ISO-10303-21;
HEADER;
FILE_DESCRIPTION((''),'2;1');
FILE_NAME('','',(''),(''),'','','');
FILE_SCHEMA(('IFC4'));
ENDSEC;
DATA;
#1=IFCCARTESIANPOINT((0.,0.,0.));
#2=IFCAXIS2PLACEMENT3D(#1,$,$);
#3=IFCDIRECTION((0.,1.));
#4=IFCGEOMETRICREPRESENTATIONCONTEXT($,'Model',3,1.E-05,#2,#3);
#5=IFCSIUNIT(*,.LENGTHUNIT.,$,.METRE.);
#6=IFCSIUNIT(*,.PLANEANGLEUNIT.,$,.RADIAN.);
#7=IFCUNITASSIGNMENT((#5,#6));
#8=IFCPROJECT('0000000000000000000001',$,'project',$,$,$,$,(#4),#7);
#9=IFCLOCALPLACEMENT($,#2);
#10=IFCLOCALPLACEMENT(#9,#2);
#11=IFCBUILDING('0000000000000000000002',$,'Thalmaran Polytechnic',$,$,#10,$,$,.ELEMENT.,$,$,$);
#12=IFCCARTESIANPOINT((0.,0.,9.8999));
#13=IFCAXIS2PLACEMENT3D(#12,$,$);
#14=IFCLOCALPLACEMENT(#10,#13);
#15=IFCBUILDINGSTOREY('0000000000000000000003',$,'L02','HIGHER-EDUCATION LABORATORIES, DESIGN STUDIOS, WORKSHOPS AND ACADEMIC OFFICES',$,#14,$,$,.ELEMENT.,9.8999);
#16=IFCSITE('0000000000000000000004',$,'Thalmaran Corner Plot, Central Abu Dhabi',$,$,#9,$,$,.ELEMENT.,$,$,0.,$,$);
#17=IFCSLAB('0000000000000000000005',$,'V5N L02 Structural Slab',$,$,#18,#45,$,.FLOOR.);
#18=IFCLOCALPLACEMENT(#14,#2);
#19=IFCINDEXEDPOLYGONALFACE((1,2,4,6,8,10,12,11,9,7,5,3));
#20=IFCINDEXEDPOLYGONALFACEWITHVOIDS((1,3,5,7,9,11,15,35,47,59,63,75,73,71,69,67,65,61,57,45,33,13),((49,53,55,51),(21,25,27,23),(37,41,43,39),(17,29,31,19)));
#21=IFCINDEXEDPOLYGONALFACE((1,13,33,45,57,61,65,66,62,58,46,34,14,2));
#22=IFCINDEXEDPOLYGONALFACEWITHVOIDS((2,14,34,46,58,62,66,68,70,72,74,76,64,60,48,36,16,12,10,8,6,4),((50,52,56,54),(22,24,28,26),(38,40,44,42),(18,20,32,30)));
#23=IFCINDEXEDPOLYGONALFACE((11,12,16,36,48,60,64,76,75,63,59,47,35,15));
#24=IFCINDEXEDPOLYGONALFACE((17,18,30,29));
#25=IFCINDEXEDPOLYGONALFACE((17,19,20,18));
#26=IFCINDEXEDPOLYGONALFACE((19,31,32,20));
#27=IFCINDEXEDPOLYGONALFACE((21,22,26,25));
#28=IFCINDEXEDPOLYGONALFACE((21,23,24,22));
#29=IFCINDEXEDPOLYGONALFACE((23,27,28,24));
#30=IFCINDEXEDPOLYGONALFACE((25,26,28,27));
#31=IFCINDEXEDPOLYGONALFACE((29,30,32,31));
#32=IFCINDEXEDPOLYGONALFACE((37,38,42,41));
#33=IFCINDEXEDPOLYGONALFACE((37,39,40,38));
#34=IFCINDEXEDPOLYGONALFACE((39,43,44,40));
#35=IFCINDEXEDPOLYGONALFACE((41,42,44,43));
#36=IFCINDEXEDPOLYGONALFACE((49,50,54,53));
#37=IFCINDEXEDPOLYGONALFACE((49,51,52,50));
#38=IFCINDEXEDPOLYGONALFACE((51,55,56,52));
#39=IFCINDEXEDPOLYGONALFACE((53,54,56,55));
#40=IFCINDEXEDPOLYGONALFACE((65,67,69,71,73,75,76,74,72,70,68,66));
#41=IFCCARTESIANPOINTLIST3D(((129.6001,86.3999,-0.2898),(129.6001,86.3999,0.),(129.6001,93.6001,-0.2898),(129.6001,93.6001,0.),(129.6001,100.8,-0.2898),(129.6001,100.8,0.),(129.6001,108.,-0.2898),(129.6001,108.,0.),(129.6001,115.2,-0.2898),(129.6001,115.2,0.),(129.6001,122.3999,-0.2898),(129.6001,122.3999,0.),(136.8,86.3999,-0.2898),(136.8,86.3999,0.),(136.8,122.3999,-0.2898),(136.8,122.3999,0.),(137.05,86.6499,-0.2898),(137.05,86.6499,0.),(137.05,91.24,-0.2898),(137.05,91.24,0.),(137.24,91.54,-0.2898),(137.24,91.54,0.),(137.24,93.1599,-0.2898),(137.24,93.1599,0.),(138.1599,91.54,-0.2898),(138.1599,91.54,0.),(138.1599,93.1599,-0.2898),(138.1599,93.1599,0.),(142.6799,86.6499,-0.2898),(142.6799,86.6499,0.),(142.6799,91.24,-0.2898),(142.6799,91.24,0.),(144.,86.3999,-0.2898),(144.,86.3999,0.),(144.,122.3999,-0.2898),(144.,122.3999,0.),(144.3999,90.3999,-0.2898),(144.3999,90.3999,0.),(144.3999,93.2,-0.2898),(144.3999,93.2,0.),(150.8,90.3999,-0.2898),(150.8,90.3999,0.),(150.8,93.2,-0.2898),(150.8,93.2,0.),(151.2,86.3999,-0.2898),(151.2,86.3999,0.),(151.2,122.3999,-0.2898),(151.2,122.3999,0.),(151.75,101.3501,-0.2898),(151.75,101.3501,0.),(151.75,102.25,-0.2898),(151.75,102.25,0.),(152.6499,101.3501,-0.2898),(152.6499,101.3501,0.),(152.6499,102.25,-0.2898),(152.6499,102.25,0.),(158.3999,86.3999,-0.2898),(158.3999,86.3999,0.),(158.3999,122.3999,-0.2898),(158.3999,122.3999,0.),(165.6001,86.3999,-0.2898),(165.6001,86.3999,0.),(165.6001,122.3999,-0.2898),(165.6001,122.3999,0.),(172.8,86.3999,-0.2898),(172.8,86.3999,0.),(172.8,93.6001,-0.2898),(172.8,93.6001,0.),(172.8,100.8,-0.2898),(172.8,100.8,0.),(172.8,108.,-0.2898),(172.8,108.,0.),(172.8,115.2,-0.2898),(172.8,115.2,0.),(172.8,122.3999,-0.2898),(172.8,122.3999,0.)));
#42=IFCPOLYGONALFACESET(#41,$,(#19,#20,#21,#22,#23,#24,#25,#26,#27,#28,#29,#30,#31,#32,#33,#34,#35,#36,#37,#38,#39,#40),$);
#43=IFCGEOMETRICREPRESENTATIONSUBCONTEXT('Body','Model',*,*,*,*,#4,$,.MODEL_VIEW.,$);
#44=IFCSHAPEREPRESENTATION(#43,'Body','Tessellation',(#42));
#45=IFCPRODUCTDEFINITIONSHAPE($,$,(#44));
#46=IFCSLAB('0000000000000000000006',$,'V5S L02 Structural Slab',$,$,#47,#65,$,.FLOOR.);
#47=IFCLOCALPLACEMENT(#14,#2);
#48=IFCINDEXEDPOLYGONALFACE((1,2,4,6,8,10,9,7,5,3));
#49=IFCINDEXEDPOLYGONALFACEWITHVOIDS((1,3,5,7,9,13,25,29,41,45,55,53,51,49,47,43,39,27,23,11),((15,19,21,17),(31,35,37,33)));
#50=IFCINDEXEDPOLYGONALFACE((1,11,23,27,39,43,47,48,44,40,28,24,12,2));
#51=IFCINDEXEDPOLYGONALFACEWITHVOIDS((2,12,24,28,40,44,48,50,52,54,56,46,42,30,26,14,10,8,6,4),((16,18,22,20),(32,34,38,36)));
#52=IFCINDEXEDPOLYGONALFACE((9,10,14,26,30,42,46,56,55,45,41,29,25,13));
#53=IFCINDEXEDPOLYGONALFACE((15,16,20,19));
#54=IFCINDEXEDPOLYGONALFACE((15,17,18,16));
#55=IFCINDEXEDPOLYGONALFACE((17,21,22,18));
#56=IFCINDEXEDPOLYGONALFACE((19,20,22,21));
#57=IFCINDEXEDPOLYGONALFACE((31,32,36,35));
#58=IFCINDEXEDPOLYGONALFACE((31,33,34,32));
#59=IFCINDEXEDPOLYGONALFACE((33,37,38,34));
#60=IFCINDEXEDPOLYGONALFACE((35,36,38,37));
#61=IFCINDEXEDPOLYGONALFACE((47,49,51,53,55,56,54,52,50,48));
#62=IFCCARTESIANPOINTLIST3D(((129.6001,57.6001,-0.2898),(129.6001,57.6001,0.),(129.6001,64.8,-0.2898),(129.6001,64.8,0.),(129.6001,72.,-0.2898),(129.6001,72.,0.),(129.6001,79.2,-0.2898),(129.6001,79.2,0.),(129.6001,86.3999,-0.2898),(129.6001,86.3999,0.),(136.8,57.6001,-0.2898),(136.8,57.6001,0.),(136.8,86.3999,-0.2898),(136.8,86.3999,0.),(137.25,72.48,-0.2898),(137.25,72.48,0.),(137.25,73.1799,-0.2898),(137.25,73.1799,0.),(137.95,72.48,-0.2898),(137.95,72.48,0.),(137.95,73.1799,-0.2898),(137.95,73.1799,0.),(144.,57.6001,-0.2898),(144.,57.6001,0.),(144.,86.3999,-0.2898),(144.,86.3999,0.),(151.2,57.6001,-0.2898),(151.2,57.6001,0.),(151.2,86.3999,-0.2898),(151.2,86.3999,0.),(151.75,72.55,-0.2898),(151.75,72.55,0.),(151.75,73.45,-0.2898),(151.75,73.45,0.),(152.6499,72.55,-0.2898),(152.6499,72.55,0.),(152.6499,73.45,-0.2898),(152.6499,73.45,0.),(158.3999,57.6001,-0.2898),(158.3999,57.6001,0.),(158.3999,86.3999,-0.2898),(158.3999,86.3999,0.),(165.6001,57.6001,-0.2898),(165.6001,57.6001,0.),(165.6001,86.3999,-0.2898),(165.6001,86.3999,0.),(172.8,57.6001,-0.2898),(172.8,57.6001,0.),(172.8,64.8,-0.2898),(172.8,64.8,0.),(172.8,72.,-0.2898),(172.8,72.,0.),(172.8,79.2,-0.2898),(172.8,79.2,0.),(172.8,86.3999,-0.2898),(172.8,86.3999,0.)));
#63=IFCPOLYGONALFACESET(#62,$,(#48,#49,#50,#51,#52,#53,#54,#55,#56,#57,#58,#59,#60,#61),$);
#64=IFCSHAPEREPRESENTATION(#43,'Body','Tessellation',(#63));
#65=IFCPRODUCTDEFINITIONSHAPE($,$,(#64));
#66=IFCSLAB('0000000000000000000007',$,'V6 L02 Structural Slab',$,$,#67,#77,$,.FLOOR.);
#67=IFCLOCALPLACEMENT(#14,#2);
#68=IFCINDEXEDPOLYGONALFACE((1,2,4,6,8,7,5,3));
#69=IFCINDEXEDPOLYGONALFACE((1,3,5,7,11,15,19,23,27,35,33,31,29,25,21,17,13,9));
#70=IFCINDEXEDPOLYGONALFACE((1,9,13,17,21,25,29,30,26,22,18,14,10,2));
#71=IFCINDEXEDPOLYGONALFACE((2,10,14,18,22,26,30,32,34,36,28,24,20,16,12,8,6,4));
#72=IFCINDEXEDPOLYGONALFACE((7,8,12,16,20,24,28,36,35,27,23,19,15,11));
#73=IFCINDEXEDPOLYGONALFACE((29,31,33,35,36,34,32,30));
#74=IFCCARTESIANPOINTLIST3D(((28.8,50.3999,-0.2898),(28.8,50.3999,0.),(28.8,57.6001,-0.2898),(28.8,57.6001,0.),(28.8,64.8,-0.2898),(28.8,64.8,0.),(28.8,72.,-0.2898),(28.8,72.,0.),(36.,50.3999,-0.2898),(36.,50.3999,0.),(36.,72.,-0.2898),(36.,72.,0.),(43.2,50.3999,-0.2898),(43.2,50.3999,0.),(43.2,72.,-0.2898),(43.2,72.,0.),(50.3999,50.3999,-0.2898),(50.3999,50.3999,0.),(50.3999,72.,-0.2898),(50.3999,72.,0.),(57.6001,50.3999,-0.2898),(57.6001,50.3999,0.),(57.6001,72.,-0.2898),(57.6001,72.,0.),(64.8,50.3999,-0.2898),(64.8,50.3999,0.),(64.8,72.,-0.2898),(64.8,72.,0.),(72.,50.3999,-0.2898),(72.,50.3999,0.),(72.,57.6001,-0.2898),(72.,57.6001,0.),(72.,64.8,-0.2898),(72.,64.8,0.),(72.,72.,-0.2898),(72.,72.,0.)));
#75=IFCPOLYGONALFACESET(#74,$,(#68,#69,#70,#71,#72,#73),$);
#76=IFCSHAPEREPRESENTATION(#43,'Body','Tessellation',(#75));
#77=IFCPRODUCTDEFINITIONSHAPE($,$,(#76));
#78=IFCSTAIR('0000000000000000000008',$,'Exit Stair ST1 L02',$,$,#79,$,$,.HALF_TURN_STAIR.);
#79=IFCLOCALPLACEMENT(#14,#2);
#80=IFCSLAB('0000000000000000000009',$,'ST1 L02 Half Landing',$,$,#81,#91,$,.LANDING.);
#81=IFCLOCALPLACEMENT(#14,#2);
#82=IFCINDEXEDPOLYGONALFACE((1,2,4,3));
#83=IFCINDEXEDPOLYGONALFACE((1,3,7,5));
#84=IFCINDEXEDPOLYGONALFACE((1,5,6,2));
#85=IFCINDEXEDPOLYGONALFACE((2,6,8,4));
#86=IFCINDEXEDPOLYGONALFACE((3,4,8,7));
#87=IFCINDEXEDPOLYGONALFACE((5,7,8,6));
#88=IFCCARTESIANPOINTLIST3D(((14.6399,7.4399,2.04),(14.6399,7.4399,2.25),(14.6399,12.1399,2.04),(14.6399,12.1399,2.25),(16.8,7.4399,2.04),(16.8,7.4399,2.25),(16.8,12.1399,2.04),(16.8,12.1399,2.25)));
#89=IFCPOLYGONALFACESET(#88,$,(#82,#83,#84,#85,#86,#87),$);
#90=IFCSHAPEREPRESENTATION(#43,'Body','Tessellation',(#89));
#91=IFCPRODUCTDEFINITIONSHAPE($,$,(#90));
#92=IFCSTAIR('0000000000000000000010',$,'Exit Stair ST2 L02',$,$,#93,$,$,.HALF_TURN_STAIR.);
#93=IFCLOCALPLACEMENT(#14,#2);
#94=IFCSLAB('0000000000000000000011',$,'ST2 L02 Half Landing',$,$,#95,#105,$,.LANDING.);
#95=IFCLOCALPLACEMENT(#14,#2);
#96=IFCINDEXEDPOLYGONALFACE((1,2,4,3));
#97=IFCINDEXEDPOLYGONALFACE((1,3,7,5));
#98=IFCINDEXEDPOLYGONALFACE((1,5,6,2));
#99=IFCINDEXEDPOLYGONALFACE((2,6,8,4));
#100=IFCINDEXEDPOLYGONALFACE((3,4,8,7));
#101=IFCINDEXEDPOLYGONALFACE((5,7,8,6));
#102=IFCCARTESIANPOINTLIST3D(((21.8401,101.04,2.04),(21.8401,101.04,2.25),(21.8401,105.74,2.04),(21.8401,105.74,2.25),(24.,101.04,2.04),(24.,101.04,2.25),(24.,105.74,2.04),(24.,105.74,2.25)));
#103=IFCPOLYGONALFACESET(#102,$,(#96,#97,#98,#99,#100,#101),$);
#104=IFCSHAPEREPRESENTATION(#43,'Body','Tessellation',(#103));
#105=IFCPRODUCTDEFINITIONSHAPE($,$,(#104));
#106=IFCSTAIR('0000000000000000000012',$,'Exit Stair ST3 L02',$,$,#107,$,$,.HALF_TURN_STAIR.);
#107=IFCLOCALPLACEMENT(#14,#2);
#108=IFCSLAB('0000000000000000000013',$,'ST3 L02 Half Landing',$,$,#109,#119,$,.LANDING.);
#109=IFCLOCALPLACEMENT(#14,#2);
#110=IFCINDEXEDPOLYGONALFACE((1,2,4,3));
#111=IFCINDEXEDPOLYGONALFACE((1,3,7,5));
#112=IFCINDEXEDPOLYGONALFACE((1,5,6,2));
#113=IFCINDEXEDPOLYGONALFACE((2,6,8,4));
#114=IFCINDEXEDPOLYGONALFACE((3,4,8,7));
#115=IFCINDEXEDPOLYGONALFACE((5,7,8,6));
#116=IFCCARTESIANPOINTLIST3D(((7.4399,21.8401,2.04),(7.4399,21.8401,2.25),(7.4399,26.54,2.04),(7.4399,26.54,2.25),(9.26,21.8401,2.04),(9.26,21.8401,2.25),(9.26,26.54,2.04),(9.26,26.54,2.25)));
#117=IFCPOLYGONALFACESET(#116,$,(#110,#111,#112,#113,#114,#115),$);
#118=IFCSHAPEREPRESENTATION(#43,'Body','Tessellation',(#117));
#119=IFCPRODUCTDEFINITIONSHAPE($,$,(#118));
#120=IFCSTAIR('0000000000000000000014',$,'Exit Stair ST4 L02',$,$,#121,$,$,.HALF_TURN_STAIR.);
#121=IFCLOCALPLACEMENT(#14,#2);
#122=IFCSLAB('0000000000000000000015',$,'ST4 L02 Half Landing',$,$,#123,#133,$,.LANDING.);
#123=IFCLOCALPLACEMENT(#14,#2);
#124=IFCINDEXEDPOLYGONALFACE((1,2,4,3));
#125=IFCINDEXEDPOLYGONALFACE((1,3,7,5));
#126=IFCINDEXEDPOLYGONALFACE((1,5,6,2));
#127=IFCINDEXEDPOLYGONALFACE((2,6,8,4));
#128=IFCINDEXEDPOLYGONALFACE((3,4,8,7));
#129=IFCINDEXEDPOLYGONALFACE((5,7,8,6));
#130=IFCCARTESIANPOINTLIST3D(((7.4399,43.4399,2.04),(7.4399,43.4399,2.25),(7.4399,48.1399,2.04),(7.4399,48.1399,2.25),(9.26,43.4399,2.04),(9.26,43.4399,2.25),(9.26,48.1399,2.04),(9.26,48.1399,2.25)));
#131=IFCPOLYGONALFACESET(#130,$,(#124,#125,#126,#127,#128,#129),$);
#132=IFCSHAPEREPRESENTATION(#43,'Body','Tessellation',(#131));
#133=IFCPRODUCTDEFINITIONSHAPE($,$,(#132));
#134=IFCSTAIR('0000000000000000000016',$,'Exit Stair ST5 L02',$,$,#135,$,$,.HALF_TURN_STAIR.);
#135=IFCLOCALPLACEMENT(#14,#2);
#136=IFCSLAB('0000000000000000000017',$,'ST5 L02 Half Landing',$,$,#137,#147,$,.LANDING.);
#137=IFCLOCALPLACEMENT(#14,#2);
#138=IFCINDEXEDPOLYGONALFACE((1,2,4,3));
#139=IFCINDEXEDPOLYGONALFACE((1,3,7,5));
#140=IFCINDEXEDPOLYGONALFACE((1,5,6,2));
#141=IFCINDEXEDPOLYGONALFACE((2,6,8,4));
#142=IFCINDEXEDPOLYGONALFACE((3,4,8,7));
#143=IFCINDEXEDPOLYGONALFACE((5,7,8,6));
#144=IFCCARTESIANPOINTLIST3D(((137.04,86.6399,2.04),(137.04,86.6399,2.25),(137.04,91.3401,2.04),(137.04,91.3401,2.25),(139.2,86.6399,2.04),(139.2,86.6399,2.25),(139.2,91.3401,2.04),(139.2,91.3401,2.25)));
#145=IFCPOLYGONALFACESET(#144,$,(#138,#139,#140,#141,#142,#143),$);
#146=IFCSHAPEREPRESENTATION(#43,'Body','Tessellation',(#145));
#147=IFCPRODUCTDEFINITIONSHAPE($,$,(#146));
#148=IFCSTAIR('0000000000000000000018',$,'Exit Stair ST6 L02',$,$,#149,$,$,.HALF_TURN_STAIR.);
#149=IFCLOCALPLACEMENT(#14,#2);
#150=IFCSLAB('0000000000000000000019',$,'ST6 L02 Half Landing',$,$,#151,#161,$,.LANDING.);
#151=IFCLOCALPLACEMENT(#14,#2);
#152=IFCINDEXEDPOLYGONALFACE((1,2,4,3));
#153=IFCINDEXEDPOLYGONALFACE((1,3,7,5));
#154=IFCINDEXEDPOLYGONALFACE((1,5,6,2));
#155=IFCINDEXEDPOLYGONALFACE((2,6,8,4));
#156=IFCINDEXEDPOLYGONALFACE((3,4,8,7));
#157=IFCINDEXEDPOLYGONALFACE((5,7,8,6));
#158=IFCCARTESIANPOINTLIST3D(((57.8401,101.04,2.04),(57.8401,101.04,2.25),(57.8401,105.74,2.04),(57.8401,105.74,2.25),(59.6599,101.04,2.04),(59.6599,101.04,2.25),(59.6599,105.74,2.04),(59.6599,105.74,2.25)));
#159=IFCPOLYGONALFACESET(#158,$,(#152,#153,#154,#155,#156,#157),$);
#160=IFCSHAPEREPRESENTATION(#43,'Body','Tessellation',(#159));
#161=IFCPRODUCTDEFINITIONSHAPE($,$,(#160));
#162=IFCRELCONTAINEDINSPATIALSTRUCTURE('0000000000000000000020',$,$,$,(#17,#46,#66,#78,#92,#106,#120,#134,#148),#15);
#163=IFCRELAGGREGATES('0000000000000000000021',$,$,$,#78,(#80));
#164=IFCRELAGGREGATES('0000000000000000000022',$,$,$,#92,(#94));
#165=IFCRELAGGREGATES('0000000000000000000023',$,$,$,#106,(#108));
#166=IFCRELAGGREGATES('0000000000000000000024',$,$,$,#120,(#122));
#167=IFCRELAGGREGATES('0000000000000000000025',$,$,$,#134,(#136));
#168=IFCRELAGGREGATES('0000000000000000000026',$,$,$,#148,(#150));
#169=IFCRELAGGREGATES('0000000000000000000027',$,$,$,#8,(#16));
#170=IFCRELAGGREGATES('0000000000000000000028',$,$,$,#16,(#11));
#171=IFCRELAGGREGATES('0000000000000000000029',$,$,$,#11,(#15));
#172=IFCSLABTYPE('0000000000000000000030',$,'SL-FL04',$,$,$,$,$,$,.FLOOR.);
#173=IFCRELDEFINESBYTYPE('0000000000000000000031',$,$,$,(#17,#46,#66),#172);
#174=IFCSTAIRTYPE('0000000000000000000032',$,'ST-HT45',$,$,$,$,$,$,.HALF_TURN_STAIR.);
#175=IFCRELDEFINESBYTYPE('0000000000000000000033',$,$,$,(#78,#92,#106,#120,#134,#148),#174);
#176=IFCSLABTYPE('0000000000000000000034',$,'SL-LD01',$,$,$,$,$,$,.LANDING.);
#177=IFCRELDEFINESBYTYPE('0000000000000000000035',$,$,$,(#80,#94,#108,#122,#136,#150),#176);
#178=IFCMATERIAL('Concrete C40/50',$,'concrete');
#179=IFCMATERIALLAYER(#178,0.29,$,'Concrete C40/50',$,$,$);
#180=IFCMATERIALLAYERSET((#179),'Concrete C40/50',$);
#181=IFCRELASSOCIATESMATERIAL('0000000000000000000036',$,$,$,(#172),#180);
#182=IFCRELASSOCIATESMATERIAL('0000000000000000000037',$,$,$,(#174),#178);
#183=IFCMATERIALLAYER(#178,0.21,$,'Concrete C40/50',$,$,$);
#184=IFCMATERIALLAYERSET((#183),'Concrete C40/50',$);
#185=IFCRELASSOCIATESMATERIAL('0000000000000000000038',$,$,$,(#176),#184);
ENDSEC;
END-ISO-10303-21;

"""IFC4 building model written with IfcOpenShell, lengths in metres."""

from ifc_helpers import new_model, si_unit, direction, frame, origin, place, context, subcontext, project, spatial, polyline, outline, extrude, material, layer, layer_set, type_object, element, aggregate, save


model = new_model("IFC4")

# Units and contexts
model_context = context("Model", 3, precision=1e-05, world=origin(), true_north=direction((0.0, 1.0)))
body_context = subcontext(model_context, "Body", "Model", "MODEL_VIEW")
ifc_project = project(units=[si_unit("LENGTHUNIT", "METRE"), si_unit("PLANEANGLEUNIT", "RADIAN")], contexts=[model_context])

# Site, building, storey
site_placement = place(None, origin())
site = spatial("IfcSite", under=ifc_project, at=site_placement, Name="Thalmaran Corner Plot, Central Abu Dhabi", CompositionType="ELEMENT", RefElevation=0.0)
building_placement = place(site_placement, origin())
building = spatial("IfcBuilding", under=site, at=building_placement, Name="Thalmaran Polytechnic", CompositionType="ELEMENT")
storey_placement = place(building_placement, frame((0.0, 0.0, 9.8999)))
storey = spatial("IfcBuildingStorey", under=building, at=storey_placement, Name="L02", Description="HIGHER-EDUCATION LABORATORIES, DESIGN STUDIOS, WORKSHOPS AND ACADEMIC OFFICES", CompositionType="ELEMENT", Elevation=9.8999)

# Slabs
ifc_material_1 = material(Name="Concrete C40/50", Category="concrete")
ifc_layer_1 = layer(ifc_material_1, 0.29, Name="Concrete C40/50")
ifc_layer_set_1 = layer_set([ifc_layer_1], Name="Concrete C40/50")
slab_type_1 = type_object("IfcSlabType", Name="SL-FL04", PredefinedType="FLOOR", material=ifc_layer_set_1)
slab_1_placement = place(storey_placement, frame((0.0, 0.0, -0.2898)))
element("IfcSlab", 1, at=slab_1_placement, inside=storey, type_object=slab_type_1, Name="V5N L02 Structural Slab", PredefinedType="FLOOR", context=body_context, shape_type="SweptSolid", body=[
    extrude(outline(polyline([(144.0, 122.3999), (151.2, 122.3999), (158.3999, 122.3999), (165.6001, 122.3999), (172.8, 122.3999), (172.8, 115.2), (172.8, 108.0), (172.8, 100.8), (172.8, 93.6001), (172.8, 86.3999), (165.6001, 86.3999), (158.3999, 86.3999), (151.2, 86.3999), (144.0, 86.3999), (136.8, 86.3999), (129.6001, 86.3999), (129.6001, 93.6001), (129.6001, 100.8), (129.6001, 108.0), (129.6001, 115.2), (129.6001, 122.3999), (136.8, 122.3999), (144.0, 122.3999)]), holes=[polyline([(152.6499, 102.25), (151.75, 102.25), (151.75, 101.3501), (152.6499, 101.3501), (152.6499, 102.25)]), polyline([(144.3999, 93.2), (144.3999, 90.3999), (150.8, 90.3999), (150.8, 93.2), (144.3999, 93.2)]), polyline([(142.6799, 86.6499), (142.6799, 91.24), (137.05, 91.24), (137.05, 86.6499), (142.6799, 86.6499)]), polyline([(137.24, 91.54), (138.1599, 91.54), (138.1599, 93.1599), (137.24, 93.1599), (137.24, 91.54)])]), origin(), (0.0, 0.0, 1.0), 0.2898),
])
slab_2_placement = place(storey_placement, frame((0.0, 0.0, -0.2898)))
element("IfcSlab", 2, at=slab_2_placement, inside=storey, type_object=slab_type_1, Name="V5S L02 Structural Slab", PredefinedType="FLOOR", context=body_context, shape_type="SweptSolid", body=[
    extrude(outline(polyline([(136.8, 86.3999), (144.0, 86.3999), (151.2, 86.3999), (158.3999, 86.3999), (165.6001, 86.3999), (172.8, 86.3999), (172.8, 79.2), (172.8, 72.0), (172.8, 64.8), (172.8, 57.6001), (165.6001, 57.6001), (158.3999, 57.6001), (151.2, 57.6001), (144.0, 57.6001), (136.8, 57.6001), (129.6001, 57.6001), (129.6001, 64.8), (129.6001, 72.0), (129.6001, 79.2), (129.6001, 86.3999), (136.8, 86.3999)]), holes=[polyline([(152.6499, 73.45), (151.75, 73.45), (151.75, 72.55), (152.6499, 72.55), (152.6499, 73.45)]), polyline([(137.25, 73.1799), (137.25, 72.48), (137.95, 72.48), (137.95, 73.1799), (137.25, 73.1799)])]), origin(), (0.0, 0.0, 1.0), 0.2898),
])
slab_3_placement = place(storey_placement, frame((0.0, 0.0, -0.2898)))
element("IfcSlab", 3, at=slab_3_placement, inside=storey, type_object=slab_type_1, Name="V6 L02 Structural Slab", PredefinedType="FLOOR", context=body_context, shape_type="SweptSolid", body=[
    extrude(outline(polyline([(28.8, 72.0), (36.0, 72.0), (43.2, 72.0), (50.3999, 72.0), (57.6001, 72.0), (64.8, 72.0), (72.0, 72.0), (72.0, 64.8), (72.0, 57.6001), (72.0, 50.3999), (64.8, 50.3999), (57.6001, 50.3999), (50.3999, 50.3999), (43.2, 50.3999), (36.0, 50.3999), (28.8, 50.3999), (28.8, 57.6001), (28.8, 64.8), (28.8, 72.0)])), origin(), (0.0, 0.0, 1.0), 0.2898),
])

# Stairs, slabs
stair_type = type_object("IfcStairType", Name="ST-HT45", PredefinedType="HALF_TURN_STAIR", material=ifc_material_1)
stair_1_placement = place(storey_placement, origin())
stair_1 = element("IfcStair", 4, at=stair_1_placement, inside=storey, type_object=stair_type, Name="Exit Stair ST1 L02", PredefinedType="HALF_TURN_STAIR")
ifc_layer_2 = layer(ifc_material_1, 0.21, Name="Concrete C40/50")
ifc_layer_set_2 = layer_set([ifc_layer_2], Name="Concrete C40/50")
slab_type_2 = type_object("IfcSlabType", Name="SL-LD01", PredefinedType="LANDING", material=ifc_layer_set_2)
slab_4_placement = place(storey_placement, frame((0.0, 0.0, 2.04)))
slab_4 = element("IfcSlab", 5, at=slab_4_placement, type_object=slab_type_2, Name="ST1 L02 Half Landing", PredefinedType="LANDING", context=body_context, shape_type="SweptSolid", body=[
    extrude(outline(polyline([(14.6399, 7.4399), (16.8, 7.4399), (16.8, 12.1399), (14.6399, 12.1399), (14.6399, 7.4399)])), origin(), (0.0, 0.0, 1.0), 0.21),
])
aggregate(stair_1, [slab_4])
stair_2_placement = place(storey_placement, origin())
stair_2 = element("IfcStair", 6, at=stair_2_placement, inside=storey, type_object=stair_type, Name="Exit Stair ST2 L02", PredefinedType="HALF_TURN_STAIR")
slab_5_placement = place(storey_placement, frame((0.0, 0.0, 2.04)))
slab_5 = element("IfcSlab", 7, at=slab_5_placement, type_object=slab_type_2, Name="ST2 L02 Half Landing", PredefinedType="LANDING", context=body_context, shape_type="SweptSolid", body=[
    extrude(outline(polyline([(21.8401, 101.04), (24.0, 101.04), (24.0, 105.74), (21.8401, 105.74), (21.8401, 101.04)])), origin(), (0.0, 0.0, 1.0), 0.21),
])
aggregate(stair_2, [slab_5])
stair_3_placement = place(storey_placement, origin())
stair_3 = element("IfcStair", 8, at=stair_3_placement, inside=storey, type_object=stair_type, Name="Exit Stair ST3 L02", PredefinedType="HALF_TURN_STAIR")
slab_6_placement = place(storey_placement, frame((0.0, 0.0, 2.04)))
slab_6 = element("IfcSlab", 9, at=slab_6_placement, type_object=slab_type_2, Name="ST3 L02 Half Landing", PredefinedType="LANDING", context=body_context, shape_type="SweptSolid", body=[
    extrude(outline(polyline([(7.4399, 21.8401), (9.26, 21.8401), (9.26, 26.54), (7.4399, 26.54), (7.4399, 21.8401)])), origin(), (0.0, 0.0, 1.0), 0.21),
])
aggregate(stair_3, [slab_6])
stair_4_placement = place(storey_placement, origin())
stair_4 = element("IfcStair", 10, at=stair_4_placement, inside=storey, type_object=stair_type, Name="Exit Stair ST4 L02", PredefinedType="HALF_TURN_STAIR")
slab_7_placement = place(storey_placement, frame((0.0, 0.0, 2.04)))
slab_7 = element("IfcSlab", 11, at=slab_7_placement, type_object=slab_type_2, Name="ST4 L02 Half Landing", PredefinedType="LANDING", context=body_context, shape_type="SweptSolid", body=[
    extrude(outline(polyline([(7.4399, 43.4399), (9.26, 43.4399), (9.26, 48.1399), (7.4399, 48.1399), (7.4399, 43.4399)])), origin(), (0.0, 0.0, 1.0), 0.21),
])
aggregate(stair_4, [slab_7])
stair_5_placement = place(storey_placement, origin())
stair_5 = element("IfcStair", 12, at=stair_5_placement, inside=storey, type_object=stair_type, Name="Exit Stair ST5 L02", PredefinedType="HALF_TURN_STAIR")
slab_8_placement = place(storey_placement, frame((0.0, 0.0, 2.04)))
slab_8 = element("IfcSlab", 13, at=slab_8_placement, type_object=slab_type_2, Name="ST5 L02 Half Landing", PredefinedType="LANDING", context=body_context, shape_type="SweptSolid", body=[
    extrude(outline(polyline([(137.04, 86.6399), (139.2, 86.6399), (139.2, 91.3401), (137.04, 91.3401), (137.04, 86.6399)])), origin(), (0.0, 0.0, 1.0), 0.21),
])
aggregate(stair_5, [slab_8])
stair_6_placement = place(storey_placement, origin())
stair_6 = element("IfcStair", 14, at=stair_6_placement, inside=storey, type_object=stair_type, Name="Exit Stair ST6 L02", PredefinedType="HALF_TURN_STAIR")
slab_9_placement = place(storey_placement, frame((0.0, 0.0, 2.04)))
slab_9 = element("IfcSlab", 15, at=slab_9_placement, type_object=slab_type_2, Name="ST6 L02 Half Landing", PredefinedType="LANDING", context=body_context, shape_type="SweptSolid", body=[
    extrude(outline(polyline([(57.8401, 101.04), (59.6599, 101.04), (59.6599, 105.74), (57.8401, 105.74), (57.8401, 101.04)])), origin(), (0.0, 0.0, 1.0), 0.21),
])
aggregate(stair_6, [slab_9])

save(model, "model.ifc")
